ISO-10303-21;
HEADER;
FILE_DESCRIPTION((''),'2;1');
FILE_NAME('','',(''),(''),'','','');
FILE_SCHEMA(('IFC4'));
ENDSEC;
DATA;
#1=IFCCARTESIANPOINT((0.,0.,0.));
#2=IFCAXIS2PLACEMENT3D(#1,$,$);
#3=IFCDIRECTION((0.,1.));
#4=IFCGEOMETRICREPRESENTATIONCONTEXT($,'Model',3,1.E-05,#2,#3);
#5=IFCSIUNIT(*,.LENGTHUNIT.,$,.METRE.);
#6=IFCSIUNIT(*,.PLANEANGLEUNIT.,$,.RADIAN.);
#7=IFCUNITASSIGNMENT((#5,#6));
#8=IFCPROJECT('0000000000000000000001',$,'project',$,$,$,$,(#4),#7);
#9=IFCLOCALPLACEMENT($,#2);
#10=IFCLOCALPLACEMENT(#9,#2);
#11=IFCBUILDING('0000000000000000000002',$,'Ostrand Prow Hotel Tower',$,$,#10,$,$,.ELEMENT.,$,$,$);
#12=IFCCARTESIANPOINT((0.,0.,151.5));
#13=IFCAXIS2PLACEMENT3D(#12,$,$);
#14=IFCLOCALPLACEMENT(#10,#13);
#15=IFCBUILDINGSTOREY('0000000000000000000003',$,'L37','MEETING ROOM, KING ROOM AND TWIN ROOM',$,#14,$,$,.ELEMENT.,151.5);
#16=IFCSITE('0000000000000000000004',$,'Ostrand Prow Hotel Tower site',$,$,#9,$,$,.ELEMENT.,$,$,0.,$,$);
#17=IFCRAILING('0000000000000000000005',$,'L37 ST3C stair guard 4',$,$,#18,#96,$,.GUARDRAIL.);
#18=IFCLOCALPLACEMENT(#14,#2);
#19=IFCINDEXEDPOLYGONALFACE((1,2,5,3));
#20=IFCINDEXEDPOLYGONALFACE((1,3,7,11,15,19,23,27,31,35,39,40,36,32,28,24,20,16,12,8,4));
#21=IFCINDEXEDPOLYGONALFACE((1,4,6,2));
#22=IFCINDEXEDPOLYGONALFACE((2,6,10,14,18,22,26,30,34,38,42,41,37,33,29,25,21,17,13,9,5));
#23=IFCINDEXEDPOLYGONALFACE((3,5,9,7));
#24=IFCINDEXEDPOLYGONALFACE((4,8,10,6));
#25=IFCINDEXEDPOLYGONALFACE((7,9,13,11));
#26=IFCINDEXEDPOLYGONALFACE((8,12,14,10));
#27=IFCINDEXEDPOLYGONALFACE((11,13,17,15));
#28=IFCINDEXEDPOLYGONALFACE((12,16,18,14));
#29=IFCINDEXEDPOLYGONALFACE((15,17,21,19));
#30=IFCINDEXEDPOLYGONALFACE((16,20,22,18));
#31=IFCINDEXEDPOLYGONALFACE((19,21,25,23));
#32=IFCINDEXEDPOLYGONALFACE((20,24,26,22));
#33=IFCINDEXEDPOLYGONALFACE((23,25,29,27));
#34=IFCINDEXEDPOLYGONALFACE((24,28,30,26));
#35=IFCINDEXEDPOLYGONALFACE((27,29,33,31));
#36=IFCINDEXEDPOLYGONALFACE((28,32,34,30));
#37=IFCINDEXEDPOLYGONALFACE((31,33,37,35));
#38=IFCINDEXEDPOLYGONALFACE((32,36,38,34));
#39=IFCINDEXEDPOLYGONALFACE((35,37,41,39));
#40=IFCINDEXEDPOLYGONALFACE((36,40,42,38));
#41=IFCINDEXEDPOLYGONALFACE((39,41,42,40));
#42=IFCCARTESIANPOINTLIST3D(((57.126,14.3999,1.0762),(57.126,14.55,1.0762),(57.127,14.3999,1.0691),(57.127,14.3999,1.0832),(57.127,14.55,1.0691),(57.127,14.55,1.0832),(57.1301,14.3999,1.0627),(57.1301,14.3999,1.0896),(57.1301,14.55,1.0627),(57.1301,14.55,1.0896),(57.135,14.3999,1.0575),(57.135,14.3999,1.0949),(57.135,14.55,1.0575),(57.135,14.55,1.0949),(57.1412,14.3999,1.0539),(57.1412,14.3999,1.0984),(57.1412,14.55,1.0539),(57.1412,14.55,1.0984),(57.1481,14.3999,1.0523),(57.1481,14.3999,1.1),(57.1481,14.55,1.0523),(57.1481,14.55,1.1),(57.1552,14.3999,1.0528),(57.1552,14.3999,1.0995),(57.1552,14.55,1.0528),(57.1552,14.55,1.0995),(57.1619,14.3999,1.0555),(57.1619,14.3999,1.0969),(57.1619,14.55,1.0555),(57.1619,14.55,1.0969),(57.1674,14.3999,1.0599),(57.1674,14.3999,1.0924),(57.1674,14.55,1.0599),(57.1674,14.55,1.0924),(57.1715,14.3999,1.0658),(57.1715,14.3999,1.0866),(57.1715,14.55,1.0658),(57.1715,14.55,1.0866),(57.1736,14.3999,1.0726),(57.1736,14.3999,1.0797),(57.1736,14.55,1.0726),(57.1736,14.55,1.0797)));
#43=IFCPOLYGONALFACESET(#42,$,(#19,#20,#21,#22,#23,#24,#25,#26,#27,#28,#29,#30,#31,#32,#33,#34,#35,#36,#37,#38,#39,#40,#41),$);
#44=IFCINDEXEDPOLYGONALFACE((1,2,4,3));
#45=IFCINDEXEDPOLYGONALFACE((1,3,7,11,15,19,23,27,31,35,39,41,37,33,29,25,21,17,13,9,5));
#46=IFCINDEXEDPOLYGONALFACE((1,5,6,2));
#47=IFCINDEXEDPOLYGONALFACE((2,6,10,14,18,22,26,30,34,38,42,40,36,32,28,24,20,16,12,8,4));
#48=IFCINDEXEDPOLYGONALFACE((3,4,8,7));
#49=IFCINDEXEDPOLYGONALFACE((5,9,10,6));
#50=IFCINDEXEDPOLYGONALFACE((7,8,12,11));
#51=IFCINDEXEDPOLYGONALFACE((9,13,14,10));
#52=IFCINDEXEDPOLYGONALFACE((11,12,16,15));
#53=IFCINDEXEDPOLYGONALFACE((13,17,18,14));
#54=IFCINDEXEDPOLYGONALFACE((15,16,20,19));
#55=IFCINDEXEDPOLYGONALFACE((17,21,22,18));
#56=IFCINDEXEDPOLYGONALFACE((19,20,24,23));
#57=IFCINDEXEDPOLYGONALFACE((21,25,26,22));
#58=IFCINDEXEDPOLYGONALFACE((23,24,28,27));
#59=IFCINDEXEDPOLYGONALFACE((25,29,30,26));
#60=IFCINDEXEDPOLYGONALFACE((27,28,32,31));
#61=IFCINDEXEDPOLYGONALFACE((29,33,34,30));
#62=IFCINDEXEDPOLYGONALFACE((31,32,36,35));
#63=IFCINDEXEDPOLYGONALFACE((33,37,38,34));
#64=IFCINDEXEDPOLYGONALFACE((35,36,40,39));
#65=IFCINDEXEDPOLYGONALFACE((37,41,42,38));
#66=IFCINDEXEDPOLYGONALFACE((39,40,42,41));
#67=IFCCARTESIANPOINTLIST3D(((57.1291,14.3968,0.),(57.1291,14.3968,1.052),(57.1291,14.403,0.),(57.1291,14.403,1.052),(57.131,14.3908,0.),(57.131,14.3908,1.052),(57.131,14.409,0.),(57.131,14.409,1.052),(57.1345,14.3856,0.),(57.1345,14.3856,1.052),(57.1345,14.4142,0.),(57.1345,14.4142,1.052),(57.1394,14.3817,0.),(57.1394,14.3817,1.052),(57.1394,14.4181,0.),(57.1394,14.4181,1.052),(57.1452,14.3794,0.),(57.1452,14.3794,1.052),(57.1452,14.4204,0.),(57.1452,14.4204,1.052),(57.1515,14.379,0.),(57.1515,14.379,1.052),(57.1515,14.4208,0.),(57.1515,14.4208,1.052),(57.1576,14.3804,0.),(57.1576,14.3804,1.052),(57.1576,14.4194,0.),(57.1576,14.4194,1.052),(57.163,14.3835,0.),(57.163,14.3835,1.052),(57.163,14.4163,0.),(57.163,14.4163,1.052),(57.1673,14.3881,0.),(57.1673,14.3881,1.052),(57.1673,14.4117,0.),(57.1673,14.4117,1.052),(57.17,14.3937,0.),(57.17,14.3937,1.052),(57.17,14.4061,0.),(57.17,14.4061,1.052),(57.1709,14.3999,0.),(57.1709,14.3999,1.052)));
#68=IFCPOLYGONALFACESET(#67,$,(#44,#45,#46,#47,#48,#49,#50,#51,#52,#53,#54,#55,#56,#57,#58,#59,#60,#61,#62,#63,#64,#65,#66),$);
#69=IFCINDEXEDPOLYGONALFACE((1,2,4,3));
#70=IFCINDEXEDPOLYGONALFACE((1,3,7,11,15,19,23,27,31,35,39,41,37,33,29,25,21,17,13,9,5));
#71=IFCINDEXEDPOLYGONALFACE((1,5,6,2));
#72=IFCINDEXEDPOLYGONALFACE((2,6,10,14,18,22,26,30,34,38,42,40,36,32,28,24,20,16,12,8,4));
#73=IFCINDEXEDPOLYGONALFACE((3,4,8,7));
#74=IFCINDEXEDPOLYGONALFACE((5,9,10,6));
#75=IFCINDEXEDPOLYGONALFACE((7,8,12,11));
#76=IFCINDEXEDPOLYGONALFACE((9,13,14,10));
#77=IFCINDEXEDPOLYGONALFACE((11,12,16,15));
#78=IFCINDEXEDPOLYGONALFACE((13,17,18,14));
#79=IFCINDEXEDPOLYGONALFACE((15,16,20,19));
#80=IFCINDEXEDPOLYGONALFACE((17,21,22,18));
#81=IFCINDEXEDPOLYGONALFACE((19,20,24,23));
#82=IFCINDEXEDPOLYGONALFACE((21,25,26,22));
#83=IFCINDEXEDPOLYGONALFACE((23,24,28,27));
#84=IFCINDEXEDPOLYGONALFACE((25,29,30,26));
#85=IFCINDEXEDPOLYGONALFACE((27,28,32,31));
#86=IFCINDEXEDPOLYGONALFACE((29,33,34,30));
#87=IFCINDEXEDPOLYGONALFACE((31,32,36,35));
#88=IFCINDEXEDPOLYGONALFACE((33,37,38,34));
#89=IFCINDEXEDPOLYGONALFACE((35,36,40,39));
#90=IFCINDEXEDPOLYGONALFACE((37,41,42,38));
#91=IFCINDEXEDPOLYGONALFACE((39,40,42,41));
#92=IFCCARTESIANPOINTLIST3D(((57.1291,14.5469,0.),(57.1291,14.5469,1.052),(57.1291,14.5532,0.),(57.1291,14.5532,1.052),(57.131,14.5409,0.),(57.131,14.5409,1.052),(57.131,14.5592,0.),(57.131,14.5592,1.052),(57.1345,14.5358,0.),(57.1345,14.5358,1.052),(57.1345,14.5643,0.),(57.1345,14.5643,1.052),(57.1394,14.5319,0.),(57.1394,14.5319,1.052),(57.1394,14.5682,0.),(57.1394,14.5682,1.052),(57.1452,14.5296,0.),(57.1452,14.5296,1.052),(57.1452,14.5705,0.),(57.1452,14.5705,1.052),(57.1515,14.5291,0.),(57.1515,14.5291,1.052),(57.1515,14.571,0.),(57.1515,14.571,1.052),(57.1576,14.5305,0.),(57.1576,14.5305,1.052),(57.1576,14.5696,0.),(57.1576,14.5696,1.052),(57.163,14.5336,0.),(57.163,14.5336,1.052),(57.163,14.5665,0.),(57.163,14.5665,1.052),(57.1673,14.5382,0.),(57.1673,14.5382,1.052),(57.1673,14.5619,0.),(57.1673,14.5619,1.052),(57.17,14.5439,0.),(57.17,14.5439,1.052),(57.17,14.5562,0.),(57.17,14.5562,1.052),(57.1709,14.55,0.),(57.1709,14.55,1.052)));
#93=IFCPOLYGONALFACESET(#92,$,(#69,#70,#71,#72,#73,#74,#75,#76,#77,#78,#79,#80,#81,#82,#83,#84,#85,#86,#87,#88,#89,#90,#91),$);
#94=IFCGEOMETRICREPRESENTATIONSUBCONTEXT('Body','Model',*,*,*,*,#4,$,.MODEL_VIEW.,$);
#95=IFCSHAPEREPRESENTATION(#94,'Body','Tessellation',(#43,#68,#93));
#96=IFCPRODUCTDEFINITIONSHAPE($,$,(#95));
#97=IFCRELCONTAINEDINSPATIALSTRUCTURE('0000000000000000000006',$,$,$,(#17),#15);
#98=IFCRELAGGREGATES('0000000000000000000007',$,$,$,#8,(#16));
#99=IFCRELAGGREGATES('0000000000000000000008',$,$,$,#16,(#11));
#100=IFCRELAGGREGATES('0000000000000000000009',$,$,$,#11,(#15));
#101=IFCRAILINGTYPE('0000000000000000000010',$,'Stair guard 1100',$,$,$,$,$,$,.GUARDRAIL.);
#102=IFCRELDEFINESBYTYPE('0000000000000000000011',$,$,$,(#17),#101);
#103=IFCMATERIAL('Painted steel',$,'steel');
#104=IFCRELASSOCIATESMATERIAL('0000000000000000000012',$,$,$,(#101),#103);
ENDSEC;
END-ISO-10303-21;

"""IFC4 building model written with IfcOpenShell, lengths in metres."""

from ifc_helpers import new_model, si_unit, direction, frame, origin, origin_2d, place, context, subcontext, project, spatial, circle, extrude, material, type_object, element, save


model = new_model("IFC4")

# Units and contexts
model_context = context("Model", 3, precision=1e-05, world=origin(), true_north=direction((0.0, 1.0)))
body_context = subcontext(model_context, "Body", "Model", "MODEL_VIEW")
ifc_project = project(units=[si_unit("LENGTHUNIT", "METRE"), si_unit("PLANEANGLEUNIT", "RADIAN")], contexts=[model_context])

# Site, building, storey
site_placement = place(None, origin())
site = spatial("IfcSite", under=ifc_project, at=site_placement, Name="Ostrand Prow Hotel Tower site", CompositionType="ELEMENT", RefElevation=0.0)
building_placement = place(site_placement, origin())
building = spatial("IfcBuilding", under=site, at=building_placement, Name="Ostrand Prow Hotel Tower", CompositionType="ELEMENT")
storey_placement = place(building_placement, frame((0.0, 0.0, 151.5)))
storey = spatial("IfcBuildingStorey", under=building, at=storey_placement, Name="L37", Description="MEETING ROOM, KING ROOM AND TWIN ROOM", CompositionType="ELEMENT", Elevation=151.5)

# Railing
ifc_material_1 = material(Name="Painted steel", Category="steel")
railing_type_1 = type_object("IfcRailingType", Name="Stair guard 1100", PredefinedType="GUARDRAIL", material=ifc_material_1)
railing_1_placement = place(storey_placement, frame((57.1499, 14.3999, 0.0)))
element("IfcRailing", 1, at=railing_1_placement, inside=storey, type_object=railing_type_1, Name="L37 ST3C stair guard 4", PredefinedType="GUARDRAIL", context=body_context, shape_type="SweptSolid", body=[
    extrude(circle(Radius=0.0239, at=origin_2d()), frame((0.0, 0.0, 1.0762), z_axis=(0.0, 1.0, 0.0), x_axis=(-1.0, 0.0, 0.0)), (0.0, 0.0, 1.0), 0.1501),
    extrude(circle(Radius=0.021, at=origin_2d()), origin(), (0.0, 0.0, 1.0), 1.052),
    extrude(circle(Radius=0.021, at=origin_2d()), frame((0.0, 0.1501, 0.0)), (0.0, 0.0, 1.0), 1.052),
])

save(model, "model.ifc")
